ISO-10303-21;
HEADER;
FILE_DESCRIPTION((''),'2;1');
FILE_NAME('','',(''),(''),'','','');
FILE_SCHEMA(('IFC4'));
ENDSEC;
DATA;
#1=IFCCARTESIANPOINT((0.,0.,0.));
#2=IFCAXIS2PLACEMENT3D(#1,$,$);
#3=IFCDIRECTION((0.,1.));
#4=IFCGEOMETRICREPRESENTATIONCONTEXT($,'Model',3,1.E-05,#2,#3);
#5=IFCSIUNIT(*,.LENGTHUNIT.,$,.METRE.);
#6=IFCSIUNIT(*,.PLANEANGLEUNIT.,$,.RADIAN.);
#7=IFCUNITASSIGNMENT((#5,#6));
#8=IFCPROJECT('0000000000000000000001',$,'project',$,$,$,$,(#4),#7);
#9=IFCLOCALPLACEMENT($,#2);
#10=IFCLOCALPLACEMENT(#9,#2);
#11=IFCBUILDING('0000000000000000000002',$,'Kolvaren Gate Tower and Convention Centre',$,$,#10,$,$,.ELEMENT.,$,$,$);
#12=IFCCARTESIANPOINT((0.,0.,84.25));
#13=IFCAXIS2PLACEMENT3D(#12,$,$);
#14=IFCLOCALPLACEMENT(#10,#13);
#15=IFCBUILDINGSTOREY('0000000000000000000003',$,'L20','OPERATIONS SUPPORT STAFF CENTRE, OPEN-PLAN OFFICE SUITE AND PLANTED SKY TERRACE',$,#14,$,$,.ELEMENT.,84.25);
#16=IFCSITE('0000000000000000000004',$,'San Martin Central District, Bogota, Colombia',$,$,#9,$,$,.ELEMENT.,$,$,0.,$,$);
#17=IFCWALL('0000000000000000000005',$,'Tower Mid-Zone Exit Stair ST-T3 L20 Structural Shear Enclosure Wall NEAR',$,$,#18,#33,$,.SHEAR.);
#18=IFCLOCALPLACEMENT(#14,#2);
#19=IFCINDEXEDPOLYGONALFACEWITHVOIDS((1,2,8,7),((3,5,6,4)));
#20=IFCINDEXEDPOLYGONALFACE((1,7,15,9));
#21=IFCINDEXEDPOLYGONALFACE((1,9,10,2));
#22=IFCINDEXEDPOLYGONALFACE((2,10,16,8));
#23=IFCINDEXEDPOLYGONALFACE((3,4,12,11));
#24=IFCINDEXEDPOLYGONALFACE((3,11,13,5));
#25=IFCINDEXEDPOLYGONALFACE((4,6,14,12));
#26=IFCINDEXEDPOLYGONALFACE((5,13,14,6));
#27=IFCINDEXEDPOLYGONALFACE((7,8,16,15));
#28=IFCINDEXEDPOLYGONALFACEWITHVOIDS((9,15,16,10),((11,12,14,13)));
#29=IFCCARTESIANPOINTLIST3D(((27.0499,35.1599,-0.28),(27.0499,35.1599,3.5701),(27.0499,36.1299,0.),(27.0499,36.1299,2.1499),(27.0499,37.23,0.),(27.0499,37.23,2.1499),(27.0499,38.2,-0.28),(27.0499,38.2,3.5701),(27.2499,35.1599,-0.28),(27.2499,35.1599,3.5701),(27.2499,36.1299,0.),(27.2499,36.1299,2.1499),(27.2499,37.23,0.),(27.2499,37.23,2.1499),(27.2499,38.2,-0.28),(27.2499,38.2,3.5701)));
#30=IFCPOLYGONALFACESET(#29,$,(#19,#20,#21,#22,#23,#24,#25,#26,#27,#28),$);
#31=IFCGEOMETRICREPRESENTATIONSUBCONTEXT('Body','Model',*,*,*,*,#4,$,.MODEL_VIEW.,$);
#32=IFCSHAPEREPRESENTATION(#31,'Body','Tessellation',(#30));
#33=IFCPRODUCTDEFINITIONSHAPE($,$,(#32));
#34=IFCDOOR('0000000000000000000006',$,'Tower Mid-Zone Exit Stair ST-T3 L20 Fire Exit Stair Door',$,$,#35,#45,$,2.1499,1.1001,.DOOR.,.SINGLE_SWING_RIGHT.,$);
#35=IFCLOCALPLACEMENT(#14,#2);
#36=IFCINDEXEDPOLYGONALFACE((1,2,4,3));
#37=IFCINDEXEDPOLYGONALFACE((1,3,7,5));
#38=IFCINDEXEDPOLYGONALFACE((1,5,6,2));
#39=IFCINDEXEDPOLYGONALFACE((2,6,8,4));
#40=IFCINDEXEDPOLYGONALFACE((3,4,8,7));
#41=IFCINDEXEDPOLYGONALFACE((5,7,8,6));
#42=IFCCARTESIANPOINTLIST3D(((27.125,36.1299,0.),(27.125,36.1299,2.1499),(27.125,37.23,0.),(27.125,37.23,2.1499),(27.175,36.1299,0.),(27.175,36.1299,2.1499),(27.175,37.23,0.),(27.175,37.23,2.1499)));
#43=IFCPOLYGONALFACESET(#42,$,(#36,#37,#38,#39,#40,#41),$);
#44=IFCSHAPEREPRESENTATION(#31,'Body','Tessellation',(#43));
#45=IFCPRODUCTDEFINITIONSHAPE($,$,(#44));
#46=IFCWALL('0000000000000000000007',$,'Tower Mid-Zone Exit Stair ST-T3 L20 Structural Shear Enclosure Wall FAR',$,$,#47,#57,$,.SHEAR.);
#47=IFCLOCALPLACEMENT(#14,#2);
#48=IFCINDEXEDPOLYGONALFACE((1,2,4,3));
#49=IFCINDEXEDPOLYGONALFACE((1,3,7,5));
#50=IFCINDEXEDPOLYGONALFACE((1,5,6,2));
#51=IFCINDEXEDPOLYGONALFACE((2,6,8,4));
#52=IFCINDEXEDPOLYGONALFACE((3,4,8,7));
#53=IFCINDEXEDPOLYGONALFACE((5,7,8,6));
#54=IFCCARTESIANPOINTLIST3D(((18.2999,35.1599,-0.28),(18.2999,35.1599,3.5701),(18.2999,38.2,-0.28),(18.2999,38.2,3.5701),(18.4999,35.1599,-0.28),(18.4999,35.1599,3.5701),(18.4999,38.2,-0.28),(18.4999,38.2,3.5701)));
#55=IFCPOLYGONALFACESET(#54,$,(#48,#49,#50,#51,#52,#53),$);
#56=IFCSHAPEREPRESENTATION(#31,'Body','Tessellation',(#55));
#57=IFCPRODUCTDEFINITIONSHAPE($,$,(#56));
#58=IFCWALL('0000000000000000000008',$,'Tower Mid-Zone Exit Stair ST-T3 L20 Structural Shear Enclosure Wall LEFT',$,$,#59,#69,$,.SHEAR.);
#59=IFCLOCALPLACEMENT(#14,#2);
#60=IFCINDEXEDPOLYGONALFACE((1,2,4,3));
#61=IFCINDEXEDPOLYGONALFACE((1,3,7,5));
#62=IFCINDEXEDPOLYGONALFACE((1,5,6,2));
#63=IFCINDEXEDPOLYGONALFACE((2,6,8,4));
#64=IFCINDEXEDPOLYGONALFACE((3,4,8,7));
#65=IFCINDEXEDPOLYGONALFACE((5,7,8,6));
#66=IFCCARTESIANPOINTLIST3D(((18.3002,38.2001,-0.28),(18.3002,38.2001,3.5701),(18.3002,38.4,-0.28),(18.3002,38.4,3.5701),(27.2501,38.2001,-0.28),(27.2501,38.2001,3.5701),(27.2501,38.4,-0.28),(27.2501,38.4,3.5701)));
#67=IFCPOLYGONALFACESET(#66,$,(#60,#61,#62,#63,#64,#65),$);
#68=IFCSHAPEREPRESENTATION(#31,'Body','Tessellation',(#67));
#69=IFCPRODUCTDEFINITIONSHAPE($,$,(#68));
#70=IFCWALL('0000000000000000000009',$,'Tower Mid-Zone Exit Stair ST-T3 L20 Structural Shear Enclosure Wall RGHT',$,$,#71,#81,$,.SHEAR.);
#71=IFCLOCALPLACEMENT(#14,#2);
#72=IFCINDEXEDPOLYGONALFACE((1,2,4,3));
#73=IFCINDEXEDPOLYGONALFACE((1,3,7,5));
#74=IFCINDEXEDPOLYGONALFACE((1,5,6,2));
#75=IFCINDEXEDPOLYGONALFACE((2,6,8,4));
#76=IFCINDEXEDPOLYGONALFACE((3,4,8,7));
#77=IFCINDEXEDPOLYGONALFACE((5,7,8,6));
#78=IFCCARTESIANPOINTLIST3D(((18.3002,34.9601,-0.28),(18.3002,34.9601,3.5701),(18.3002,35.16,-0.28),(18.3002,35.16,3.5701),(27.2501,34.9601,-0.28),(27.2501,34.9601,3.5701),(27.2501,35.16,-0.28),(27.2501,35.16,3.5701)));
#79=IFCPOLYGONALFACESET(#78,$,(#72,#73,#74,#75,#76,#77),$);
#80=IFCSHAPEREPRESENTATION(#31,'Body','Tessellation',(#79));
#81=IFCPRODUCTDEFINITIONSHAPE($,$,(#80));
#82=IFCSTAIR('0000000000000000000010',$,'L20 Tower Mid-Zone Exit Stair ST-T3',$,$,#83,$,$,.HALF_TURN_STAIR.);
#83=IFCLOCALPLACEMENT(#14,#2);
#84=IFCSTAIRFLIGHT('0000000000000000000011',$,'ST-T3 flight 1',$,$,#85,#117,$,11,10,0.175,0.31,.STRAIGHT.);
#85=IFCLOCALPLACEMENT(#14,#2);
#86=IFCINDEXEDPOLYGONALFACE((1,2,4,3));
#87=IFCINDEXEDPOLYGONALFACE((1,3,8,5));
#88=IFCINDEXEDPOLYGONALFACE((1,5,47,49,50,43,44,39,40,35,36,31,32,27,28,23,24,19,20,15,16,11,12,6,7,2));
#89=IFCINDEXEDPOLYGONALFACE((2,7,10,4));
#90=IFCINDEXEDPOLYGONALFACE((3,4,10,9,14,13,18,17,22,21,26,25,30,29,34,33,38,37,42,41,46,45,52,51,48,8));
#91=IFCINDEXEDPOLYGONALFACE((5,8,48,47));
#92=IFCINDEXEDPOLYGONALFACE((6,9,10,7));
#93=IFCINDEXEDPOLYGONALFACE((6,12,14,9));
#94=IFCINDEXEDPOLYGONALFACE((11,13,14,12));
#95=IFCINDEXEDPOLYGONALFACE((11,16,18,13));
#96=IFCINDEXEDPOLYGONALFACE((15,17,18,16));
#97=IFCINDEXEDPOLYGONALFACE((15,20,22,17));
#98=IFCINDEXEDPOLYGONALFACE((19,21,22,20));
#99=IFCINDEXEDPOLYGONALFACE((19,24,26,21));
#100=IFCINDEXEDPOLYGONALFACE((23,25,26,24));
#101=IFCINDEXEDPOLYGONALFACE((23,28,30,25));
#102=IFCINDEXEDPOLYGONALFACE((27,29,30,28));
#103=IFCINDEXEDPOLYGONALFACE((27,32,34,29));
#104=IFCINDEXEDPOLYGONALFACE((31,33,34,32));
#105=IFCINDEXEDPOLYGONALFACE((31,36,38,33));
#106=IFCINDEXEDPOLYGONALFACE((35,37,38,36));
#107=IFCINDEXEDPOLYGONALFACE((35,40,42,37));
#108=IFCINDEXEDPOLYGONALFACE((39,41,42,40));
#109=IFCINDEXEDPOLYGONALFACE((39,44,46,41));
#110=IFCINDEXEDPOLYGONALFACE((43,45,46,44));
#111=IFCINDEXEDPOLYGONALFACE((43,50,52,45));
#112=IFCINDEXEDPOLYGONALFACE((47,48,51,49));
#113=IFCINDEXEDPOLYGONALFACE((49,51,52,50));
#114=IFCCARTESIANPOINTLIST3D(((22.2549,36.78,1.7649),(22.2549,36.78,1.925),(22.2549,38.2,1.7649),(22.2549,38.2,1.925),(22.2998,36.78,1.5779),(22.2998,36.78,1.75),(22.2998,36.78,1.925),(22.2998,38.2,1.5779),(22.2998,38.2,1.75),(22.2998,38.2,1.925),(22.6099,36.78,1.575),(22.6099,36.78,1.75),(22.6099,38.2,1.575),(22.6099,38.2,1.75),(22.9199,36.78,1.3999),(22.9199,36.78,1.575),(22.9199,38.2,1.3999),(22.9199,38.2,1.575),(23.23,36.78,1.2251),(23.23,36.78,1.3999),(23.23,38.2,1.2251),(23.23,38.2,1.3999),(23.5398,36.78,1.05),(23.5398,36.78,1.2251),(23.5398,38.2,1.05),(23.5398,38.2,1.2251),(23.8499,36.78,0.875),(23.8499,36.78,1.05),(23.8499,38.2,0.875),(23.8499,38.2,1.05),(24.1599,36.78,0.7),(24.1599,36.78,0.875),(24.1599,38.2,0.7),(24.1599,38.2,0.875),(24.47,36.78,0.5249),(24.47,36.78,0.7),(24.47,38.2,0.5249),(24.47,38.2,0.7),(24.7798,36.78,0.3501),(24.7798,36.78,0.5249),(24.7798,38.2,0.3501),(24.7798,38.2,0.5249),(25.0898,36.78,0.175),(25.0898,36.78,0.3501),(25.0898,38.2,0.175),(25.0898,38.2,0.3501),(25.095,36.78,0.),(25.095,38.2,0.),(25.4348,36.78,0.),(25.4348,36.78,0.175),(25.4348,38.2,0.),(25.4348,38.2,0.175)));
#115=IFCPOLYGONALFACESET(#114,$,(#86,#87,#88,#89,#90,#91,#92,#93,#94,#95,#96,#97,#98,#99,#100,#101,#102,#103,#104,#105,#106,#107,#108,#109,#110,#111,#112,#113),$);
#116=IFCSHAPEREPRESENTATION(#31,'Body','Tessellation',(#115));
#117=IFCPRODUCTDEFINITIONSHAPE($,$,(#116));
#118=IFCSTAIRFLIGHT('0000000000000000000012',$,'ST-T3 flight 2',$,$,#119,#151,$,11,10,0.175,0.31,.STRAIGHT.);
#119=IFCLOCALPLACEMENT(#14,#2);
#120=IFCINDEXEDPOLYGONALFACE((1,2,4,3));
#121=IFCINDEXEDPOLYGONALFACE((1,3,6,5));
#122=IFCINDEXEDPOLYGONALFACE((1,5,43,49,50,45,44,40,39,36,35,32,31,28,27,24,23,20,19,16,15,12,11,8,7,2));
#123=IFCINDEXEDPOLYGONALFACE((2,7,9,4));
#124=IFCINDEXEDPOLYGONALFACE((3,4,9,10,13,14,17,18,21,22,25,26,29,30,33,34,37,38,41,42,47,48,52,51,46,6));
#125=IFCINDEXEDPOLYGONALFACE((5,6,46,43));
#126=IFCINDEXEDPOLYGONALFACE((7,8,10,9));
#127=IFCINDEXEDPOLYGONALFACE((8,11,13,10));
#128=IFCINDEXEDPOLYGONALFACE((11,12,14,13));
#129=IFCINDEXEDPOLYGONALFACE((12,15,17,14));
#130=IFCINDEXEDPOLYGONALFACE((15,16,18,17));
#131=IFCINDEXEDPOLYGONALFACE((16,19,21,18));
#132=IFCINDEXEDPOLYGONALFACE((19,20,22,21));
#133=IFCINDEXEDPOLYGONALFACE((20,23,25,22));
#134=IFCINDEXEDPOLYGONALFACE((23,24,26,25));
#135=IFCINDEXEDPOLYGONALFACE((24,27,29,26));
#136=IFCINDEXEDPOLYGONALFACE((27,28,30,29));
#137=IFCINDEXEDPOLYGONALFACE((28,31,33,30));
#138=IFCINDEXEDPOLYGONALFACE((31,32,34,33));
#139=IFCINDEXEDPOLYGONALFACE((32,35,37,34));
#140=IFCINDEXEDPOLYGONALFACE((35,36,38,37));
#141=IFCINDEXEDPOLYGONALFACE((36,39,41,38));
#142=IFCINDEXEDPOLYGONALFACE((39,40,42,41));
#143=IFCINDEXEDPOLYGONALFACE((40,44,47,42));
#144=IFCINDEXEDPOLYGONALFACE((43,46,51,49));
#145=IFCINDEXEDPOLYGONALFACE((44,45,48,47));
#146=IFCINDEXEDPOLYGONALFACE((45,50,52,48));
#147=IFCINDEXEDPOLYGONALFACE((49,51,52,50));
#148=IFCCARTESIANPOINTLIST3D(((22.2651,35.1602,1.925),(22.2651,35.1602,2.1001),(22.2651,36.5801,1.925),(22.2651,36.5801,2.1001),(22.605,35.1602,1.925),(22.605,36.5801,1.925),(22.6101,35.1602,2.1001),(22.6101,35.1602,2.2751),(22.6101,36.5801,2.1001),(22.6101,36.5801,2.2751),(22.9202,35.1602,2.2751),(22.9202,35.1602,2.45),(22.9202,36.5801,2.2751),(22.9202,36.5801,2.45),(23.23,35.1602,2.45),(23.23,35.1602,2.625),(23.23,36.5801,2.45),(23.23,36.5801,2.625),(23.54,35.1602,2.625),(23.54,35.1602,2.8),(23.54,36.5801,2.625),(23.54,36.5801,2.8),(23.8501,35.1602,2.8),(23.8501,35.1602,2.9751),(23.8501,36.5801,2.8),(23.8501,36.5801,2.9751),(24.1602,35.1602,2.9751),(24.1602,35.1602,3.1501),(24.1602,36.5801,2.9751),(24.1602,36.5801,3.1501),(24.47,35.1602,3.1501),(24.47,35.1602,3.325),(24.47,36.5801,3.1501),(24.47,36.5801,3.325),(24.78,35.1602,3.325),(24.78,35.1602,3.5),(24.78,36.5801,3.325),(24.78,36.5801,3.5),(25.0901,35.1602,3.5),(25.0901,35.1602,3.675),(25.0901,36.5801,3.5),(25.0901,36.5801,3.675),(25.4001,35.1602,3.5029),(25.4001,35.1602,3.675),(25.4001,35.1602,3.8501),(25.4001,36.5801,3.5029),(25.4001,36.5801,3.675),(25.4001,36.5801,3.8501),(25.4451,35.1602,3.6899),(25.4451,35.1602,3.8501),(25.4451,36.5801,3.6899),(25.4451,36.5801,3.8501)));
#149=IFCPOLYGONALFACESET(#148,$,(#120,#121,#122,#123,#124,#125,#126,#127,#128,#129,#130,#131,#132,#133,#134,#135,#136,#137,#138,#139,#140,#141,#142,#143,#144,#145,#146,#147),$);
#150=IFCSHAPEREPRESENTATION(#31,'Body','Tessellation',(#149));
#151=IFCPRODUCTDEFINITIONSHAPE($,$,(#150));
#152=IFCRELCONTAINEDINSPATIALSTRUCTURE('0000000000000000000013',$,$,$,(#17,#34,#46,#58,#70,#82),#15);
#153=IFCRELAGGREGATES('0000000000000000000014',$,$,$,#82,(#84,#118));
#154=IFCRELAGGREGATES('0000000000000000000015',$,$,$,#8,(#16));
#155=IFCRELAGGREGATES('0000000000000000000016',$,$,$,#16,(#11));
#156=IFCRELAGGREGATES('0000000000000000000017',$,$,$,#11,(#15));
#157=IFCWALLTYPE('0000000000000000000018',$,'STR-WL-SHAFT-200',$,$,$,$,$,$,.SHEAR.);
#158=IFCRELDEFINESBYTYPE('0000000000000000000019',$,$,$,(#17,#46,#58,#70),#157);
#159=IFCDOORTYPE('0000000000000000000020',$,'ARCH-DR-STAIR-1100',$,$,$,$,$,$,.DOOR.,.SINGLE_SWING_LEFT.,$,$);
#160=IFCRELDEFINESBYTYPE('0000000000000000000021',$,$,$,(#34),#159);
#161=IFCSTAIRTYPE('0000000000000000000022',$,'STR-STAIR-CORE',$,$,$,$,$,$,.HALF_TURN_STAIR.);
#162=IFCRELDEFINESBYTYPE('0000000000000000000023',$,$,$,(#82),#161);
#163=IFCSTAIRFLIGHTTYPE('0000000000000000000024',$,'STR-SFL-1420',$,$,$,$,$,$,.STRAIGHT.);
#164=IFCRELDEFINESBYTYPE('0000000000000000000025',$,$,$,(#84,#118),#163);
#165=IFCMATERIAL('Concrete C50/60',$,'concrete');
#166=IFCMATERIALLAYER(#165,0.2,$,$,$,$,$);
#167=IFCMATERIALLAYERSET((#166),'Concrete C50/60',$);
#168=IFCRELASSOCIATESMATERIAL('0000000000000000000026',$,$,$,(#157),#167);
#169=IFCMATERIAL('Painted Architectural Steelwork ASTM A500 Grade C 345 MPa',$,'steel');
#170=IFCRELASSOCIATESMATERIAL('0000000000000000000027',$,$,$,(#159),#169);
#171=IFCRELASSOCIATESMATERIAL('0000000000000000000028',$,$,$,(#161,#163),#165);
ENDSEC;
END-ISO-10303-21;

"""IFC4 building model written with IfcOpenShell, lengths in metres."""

from ifc_helpers import new_model, si_unit, direction, frame, frame_2d, origin, place, context, subcontext, project, spatial, polyline, rectangle, outline, extrude, material, layer, layer_set, type_object, element, fill, aggregate, save


model = new_model("IFC4")

# Units and contexts
model_context = context("Model", 3, precision=1e-05, world=origin(), true_north=direction((0.0, 1.0)))
body_context = subcontext(model_context, "Body", "Model", "MODEL_VIEW")
ifc_project = project(units=[si_unit("LENGTHUNIT", "METRE"), si_unit("PLANEANGLEUNIT", "RADIAN")], contexts=[model_context])

# Site, building, storey
site_placement = place(None, origin())
site = spatial("IfcSite", under=ifc_project, at=site_placement, Name="San Martin Central District, Bogota, Colombia", CompositionType="ELEMENT", RefElevation=0.0)
building_placement = place(site_placement, origin())
building = spatial("IfcBuilding", under=site, at=building_placement, Name="Kolvaren Gate Tower and Convention Centre", CompositionType="ELEMENT")
storey_placement = place(building_placement, frame((0.0, 0.0, 84.25)))
storey = spatial("IfcBuildingStorey", under=building, at=storey_placement, Name="L20", Description="OPERATIONS SUPPORT STAFF CENTRE, OPEN-PLAN OFFICE SUITE AND PLANTED SKY TERRACE", CompositionType="ELEMENT", Elevation=84.25)

# Wall, opening, door
ifc_material_1 = material(Name="Concrete C50/60", Category="concrete")
ifc_layer_1 = layer(ifc_material_1, 0.2)
ifc_layer_set_1 = layer_set([ifc_layer_1], Name="Concrete C50/60")
wall_type_1 = type_object("IfcWallType", Name="STR-WL-SHAFT-200", PredefinedType="SHEAR", material=ifc_layer_set_1)
wall_1_placement = place(storey_placement, frame((27.1499, 35.1599, -0.28), z_axis=(0.0, 0.0, 1.0), x_axis=(0.0, 1.0, 0.0)))
wall_1 = element("IfcWall", 1, at=wall_1_placement, inside=storey, type_object=wall_type_1, Name="Tower Mid-Zone Exit Stair ST-T3 L20 Structural Shear Enclosure Wall NEAR", PredefinedType="SHEAR", context=body_context, shape_type="SweptSolid", body=[
    extrude(rectangle(XDim=3.04, YDim=0.2, at=frame_2d((1.52, 0.0))), origin(), (0.0, 0.0, 1.0), 3.8501),
])
opening_1_placement = place(wall_1_placement, frame((0.97, 0.0, 0.28)))
opening_1 = element("IfcOpeningElement", 2, at=opening_1_placement, cuts=wall_1, PredefinedType="OPENING", context=body_context, shape_type="SweptSolid", body=[
    extrude(rectangle(XDim=1.1001, YDim=2.1499, at=frame_2d((0.55, 1.075))), frame((0.0, 0.1099, 0.0), z_axis=(0.0, -1.0, 0.0), x_axis=(1.0, 0.0, 0.0)), (0.0, 0.0, 1.0), 0.22),
])
ifc_material_2 = material(Name="Painted Architectural Steelwork ASTM A500 Grade C 345 MPa", Category="steel")
door_type = type_object("IfcDoorType", Name="ARCH-DR-STAIR-1100", OperationType="SINGLE_SWING_LEFT", PredefinedType="DOOR", material=ifc_material_2)
door_placement = place(opening_1_placement, origin())
door = element("IfcDoor", 3, at=door_placement, inside=storey, type_object=door_type, Name="Tower Mid-Zone Exit Stair ST-T3 L20 Fire Exit Stair Door", OperationType="SINGLE_SWING_RIGHT", OverallHeight=2.1499, OverallWidth=1.1001, PredefinedType="DOOR", context=body_context, shape_type="SweptSolid", body=[
    extrude(rectangle(XDim=1.1001, YDim=2.1499, at=frame_2d((0.55, 1.075))), frame((0.0, 0.0249, 0.0), z_axis=(0.0, -1.0, 0.0), x_axis=(1.0, 0.0, 0.0)), (0.0, 0.0, 1.0), 0.05),
])
fill(opening_1, door)

# Walls
wall_2_placement = place(storey_placement, frame((18.3999, 35.1599, -0.28), z_axis=(0.0, 0.0, 1.0), x_axis=(0.0, 1.0, 0.0)))
element("IfcWall", 4, at=wall_2_placement, inside=storey, type_object=wall_type_1, Name="Tower Mid-Zone Exit Stair ST-T3 L20 Structural Shear Enclosure Wall FAR", PredefinedType="SHEAR", context=body_context, shape_type="SweptSolid", body=[
    extrude(rectangle(XDim=3.04, YDim=0.2, at=frame_2d((1.52, 0.0))), origin(), (0.0, 0.0, 1.0), 3.8501),
])
for number, where, z_axis, x_axis, name in (
    (5, (18.3, 38.3, -0.28), (0.0, 0.0, 1.0), (1.0, 0.0, 0.0), "Tower Mid-Zone Exit Stair ST-T3 L20 Structural Shear Enclosure Wall LEFT"),
    (6, (18.3, 35.0601, -0.28), (0.0, 0.0, 1.0), (1.0, 0.0, 0.0), "Tower Mid-Zone Exit Stair ST-T3 L20 Structural Shear Enclosure Wall RGHT"),
):
    element("IfcWall", number, at=place(storey_placement, frame(where, z_axis=z_axis, x_axis=x_axis)), inside=storey, type_object=wall_type_1, Name=name, PredefinedType="SHEAR", context=body_context, shape_type="SweptSolid", body=[
        extrude(rectangle(XDim=8.95, YDim=0.2, at=frame_2d((4.4751, 0.0))), origin(), (0.0, 0.0, 1.0), 3.8501),
    ])

# Stair, stair flights
stair_type = type_object("IfcStairType", Name="STR-STAIR-CORE", PredefinedType="HALF_TURN_STAIR", material=ifc_material_1)
stair_placement = place(storey_placement, origin())
stair = element("IfcStair", 7, at=stair_placement, inside=storey, type_object=stair_type, Name="L20 Tower Mid-Zone Exit Stair ST-T3", PredefinedType="HALF_TURN_STAIR")
stair_flight_type = type_object("IfcStairFlightType", Name="STR-SFL-1420", PredefinedType="STRAIGHT", material=ifc_material_1)
stair_flight_1_placement = place(storey_placement, frame((25.3999, 37.49, 0.0), z_axis=(0.0, 0.0, 1.0), x_axis=(-1.0, 0.0, 0.0)))
stair_flight_1 = element("IfcStairFlight", 8, at=stair_flight_1_placement, type_object=stair_flight_type, Name="ST-T3 flight 1", NumberOfRisers=11, NumberOfTreads=10, PredefinedType="STRAIGHT", RiserHeight=0.175, TreadLength=0.31, context=body_context, shape_type="SweptSolid", body=[
    extrude(outline(polyline([(-0.0349, 0.0), (-0.0349, 0.175), (0.3101, 0.175), (0.3101, 0.3501), (0.6201, 0.3501), (0.6201, 0.5249), (0.9299, 0.5249), (0.9299, 0.7), (1.24, 0.7), (1.24, 0.875), (1.55, 0.875), (1.55, 1.05), (1.8601, 1.05), (1.8601, 1.2251), (2.1699, 1.2251), (2.1699, 1.3999), (2.48, 1.3999), (2.48, 1.575), (2.79, 1.575), (2.79, 1.75), (3.1001, 1.75), (3.1001, 1.925), (3.145, 1.925), (3.145, 1.7649), (3.1001, 1.5779), (0.3049, 0.0), (-0.0349, 0.0)])), frame((0.0, 0.71, 0.0), z_axis=(0.0, -1.0, 0.0), x_axis=(1.0, 0.0, 0.0)), (0.0, 0.0, 1.0), 1.4199),
])
stair_flight_2_placement = place(storey_placement, frame((22.3, 35.8701, 1.925), z_axis=(0.0, 0.0, 1.0), x_axis=(1.0, 0.0, 0.0)))
stair_flight_2 = element("IfcStairFlight", 9, at=stair_flight_2_placement, type_object=stair_flight_type, Name="ST-T3 flight 2", NumberOfRisers=11, NumberOfTreads=10, PredefinedType="STRAIGHT", RiserHeight=0.175, TreadLength=0.31, context=body_context, shape_type="SweptSolid", body=[
    extrude(outline(polyline([(-0.0349, 0.0), (-0.0349, 0.175), (0.3101, 0.175), (0.3101, 0.3501), (0.6201, 0.3501), (0.6201, 0.5249), (0.9299, 0.5249), (0.9299, 0.7), (1.24, 0.7), (1.24, 0.875), (1.55, 0.875), (1.55, 1.05), (1.8601, 1.05), (1.8601, 1.2251), (2.1699, 1.2251), (2.1699, 1.3999), (2.48, 1.3999), (2.48, 1.575), (2.79, 1.575), (2.79, 1.75), (3.1001, 1.75), (3.1001, 1.925), (3.145, 1.925), (3.145, 1.7649), (3.1001, 1.5779), (0.3049, 0.0), (-0.0349, 0.0)])), frame((0.0, 0.71, 0.0), z_axis=(0.0, -1.0, 0.0), x_axis=(1.0, 0.0, 0.0)), (0.0, 0.0, 1.0), 1.4199),
])
aggregate(stair, [stair_flight_1, stair_flight_2])

save(model, "model.ifc")
